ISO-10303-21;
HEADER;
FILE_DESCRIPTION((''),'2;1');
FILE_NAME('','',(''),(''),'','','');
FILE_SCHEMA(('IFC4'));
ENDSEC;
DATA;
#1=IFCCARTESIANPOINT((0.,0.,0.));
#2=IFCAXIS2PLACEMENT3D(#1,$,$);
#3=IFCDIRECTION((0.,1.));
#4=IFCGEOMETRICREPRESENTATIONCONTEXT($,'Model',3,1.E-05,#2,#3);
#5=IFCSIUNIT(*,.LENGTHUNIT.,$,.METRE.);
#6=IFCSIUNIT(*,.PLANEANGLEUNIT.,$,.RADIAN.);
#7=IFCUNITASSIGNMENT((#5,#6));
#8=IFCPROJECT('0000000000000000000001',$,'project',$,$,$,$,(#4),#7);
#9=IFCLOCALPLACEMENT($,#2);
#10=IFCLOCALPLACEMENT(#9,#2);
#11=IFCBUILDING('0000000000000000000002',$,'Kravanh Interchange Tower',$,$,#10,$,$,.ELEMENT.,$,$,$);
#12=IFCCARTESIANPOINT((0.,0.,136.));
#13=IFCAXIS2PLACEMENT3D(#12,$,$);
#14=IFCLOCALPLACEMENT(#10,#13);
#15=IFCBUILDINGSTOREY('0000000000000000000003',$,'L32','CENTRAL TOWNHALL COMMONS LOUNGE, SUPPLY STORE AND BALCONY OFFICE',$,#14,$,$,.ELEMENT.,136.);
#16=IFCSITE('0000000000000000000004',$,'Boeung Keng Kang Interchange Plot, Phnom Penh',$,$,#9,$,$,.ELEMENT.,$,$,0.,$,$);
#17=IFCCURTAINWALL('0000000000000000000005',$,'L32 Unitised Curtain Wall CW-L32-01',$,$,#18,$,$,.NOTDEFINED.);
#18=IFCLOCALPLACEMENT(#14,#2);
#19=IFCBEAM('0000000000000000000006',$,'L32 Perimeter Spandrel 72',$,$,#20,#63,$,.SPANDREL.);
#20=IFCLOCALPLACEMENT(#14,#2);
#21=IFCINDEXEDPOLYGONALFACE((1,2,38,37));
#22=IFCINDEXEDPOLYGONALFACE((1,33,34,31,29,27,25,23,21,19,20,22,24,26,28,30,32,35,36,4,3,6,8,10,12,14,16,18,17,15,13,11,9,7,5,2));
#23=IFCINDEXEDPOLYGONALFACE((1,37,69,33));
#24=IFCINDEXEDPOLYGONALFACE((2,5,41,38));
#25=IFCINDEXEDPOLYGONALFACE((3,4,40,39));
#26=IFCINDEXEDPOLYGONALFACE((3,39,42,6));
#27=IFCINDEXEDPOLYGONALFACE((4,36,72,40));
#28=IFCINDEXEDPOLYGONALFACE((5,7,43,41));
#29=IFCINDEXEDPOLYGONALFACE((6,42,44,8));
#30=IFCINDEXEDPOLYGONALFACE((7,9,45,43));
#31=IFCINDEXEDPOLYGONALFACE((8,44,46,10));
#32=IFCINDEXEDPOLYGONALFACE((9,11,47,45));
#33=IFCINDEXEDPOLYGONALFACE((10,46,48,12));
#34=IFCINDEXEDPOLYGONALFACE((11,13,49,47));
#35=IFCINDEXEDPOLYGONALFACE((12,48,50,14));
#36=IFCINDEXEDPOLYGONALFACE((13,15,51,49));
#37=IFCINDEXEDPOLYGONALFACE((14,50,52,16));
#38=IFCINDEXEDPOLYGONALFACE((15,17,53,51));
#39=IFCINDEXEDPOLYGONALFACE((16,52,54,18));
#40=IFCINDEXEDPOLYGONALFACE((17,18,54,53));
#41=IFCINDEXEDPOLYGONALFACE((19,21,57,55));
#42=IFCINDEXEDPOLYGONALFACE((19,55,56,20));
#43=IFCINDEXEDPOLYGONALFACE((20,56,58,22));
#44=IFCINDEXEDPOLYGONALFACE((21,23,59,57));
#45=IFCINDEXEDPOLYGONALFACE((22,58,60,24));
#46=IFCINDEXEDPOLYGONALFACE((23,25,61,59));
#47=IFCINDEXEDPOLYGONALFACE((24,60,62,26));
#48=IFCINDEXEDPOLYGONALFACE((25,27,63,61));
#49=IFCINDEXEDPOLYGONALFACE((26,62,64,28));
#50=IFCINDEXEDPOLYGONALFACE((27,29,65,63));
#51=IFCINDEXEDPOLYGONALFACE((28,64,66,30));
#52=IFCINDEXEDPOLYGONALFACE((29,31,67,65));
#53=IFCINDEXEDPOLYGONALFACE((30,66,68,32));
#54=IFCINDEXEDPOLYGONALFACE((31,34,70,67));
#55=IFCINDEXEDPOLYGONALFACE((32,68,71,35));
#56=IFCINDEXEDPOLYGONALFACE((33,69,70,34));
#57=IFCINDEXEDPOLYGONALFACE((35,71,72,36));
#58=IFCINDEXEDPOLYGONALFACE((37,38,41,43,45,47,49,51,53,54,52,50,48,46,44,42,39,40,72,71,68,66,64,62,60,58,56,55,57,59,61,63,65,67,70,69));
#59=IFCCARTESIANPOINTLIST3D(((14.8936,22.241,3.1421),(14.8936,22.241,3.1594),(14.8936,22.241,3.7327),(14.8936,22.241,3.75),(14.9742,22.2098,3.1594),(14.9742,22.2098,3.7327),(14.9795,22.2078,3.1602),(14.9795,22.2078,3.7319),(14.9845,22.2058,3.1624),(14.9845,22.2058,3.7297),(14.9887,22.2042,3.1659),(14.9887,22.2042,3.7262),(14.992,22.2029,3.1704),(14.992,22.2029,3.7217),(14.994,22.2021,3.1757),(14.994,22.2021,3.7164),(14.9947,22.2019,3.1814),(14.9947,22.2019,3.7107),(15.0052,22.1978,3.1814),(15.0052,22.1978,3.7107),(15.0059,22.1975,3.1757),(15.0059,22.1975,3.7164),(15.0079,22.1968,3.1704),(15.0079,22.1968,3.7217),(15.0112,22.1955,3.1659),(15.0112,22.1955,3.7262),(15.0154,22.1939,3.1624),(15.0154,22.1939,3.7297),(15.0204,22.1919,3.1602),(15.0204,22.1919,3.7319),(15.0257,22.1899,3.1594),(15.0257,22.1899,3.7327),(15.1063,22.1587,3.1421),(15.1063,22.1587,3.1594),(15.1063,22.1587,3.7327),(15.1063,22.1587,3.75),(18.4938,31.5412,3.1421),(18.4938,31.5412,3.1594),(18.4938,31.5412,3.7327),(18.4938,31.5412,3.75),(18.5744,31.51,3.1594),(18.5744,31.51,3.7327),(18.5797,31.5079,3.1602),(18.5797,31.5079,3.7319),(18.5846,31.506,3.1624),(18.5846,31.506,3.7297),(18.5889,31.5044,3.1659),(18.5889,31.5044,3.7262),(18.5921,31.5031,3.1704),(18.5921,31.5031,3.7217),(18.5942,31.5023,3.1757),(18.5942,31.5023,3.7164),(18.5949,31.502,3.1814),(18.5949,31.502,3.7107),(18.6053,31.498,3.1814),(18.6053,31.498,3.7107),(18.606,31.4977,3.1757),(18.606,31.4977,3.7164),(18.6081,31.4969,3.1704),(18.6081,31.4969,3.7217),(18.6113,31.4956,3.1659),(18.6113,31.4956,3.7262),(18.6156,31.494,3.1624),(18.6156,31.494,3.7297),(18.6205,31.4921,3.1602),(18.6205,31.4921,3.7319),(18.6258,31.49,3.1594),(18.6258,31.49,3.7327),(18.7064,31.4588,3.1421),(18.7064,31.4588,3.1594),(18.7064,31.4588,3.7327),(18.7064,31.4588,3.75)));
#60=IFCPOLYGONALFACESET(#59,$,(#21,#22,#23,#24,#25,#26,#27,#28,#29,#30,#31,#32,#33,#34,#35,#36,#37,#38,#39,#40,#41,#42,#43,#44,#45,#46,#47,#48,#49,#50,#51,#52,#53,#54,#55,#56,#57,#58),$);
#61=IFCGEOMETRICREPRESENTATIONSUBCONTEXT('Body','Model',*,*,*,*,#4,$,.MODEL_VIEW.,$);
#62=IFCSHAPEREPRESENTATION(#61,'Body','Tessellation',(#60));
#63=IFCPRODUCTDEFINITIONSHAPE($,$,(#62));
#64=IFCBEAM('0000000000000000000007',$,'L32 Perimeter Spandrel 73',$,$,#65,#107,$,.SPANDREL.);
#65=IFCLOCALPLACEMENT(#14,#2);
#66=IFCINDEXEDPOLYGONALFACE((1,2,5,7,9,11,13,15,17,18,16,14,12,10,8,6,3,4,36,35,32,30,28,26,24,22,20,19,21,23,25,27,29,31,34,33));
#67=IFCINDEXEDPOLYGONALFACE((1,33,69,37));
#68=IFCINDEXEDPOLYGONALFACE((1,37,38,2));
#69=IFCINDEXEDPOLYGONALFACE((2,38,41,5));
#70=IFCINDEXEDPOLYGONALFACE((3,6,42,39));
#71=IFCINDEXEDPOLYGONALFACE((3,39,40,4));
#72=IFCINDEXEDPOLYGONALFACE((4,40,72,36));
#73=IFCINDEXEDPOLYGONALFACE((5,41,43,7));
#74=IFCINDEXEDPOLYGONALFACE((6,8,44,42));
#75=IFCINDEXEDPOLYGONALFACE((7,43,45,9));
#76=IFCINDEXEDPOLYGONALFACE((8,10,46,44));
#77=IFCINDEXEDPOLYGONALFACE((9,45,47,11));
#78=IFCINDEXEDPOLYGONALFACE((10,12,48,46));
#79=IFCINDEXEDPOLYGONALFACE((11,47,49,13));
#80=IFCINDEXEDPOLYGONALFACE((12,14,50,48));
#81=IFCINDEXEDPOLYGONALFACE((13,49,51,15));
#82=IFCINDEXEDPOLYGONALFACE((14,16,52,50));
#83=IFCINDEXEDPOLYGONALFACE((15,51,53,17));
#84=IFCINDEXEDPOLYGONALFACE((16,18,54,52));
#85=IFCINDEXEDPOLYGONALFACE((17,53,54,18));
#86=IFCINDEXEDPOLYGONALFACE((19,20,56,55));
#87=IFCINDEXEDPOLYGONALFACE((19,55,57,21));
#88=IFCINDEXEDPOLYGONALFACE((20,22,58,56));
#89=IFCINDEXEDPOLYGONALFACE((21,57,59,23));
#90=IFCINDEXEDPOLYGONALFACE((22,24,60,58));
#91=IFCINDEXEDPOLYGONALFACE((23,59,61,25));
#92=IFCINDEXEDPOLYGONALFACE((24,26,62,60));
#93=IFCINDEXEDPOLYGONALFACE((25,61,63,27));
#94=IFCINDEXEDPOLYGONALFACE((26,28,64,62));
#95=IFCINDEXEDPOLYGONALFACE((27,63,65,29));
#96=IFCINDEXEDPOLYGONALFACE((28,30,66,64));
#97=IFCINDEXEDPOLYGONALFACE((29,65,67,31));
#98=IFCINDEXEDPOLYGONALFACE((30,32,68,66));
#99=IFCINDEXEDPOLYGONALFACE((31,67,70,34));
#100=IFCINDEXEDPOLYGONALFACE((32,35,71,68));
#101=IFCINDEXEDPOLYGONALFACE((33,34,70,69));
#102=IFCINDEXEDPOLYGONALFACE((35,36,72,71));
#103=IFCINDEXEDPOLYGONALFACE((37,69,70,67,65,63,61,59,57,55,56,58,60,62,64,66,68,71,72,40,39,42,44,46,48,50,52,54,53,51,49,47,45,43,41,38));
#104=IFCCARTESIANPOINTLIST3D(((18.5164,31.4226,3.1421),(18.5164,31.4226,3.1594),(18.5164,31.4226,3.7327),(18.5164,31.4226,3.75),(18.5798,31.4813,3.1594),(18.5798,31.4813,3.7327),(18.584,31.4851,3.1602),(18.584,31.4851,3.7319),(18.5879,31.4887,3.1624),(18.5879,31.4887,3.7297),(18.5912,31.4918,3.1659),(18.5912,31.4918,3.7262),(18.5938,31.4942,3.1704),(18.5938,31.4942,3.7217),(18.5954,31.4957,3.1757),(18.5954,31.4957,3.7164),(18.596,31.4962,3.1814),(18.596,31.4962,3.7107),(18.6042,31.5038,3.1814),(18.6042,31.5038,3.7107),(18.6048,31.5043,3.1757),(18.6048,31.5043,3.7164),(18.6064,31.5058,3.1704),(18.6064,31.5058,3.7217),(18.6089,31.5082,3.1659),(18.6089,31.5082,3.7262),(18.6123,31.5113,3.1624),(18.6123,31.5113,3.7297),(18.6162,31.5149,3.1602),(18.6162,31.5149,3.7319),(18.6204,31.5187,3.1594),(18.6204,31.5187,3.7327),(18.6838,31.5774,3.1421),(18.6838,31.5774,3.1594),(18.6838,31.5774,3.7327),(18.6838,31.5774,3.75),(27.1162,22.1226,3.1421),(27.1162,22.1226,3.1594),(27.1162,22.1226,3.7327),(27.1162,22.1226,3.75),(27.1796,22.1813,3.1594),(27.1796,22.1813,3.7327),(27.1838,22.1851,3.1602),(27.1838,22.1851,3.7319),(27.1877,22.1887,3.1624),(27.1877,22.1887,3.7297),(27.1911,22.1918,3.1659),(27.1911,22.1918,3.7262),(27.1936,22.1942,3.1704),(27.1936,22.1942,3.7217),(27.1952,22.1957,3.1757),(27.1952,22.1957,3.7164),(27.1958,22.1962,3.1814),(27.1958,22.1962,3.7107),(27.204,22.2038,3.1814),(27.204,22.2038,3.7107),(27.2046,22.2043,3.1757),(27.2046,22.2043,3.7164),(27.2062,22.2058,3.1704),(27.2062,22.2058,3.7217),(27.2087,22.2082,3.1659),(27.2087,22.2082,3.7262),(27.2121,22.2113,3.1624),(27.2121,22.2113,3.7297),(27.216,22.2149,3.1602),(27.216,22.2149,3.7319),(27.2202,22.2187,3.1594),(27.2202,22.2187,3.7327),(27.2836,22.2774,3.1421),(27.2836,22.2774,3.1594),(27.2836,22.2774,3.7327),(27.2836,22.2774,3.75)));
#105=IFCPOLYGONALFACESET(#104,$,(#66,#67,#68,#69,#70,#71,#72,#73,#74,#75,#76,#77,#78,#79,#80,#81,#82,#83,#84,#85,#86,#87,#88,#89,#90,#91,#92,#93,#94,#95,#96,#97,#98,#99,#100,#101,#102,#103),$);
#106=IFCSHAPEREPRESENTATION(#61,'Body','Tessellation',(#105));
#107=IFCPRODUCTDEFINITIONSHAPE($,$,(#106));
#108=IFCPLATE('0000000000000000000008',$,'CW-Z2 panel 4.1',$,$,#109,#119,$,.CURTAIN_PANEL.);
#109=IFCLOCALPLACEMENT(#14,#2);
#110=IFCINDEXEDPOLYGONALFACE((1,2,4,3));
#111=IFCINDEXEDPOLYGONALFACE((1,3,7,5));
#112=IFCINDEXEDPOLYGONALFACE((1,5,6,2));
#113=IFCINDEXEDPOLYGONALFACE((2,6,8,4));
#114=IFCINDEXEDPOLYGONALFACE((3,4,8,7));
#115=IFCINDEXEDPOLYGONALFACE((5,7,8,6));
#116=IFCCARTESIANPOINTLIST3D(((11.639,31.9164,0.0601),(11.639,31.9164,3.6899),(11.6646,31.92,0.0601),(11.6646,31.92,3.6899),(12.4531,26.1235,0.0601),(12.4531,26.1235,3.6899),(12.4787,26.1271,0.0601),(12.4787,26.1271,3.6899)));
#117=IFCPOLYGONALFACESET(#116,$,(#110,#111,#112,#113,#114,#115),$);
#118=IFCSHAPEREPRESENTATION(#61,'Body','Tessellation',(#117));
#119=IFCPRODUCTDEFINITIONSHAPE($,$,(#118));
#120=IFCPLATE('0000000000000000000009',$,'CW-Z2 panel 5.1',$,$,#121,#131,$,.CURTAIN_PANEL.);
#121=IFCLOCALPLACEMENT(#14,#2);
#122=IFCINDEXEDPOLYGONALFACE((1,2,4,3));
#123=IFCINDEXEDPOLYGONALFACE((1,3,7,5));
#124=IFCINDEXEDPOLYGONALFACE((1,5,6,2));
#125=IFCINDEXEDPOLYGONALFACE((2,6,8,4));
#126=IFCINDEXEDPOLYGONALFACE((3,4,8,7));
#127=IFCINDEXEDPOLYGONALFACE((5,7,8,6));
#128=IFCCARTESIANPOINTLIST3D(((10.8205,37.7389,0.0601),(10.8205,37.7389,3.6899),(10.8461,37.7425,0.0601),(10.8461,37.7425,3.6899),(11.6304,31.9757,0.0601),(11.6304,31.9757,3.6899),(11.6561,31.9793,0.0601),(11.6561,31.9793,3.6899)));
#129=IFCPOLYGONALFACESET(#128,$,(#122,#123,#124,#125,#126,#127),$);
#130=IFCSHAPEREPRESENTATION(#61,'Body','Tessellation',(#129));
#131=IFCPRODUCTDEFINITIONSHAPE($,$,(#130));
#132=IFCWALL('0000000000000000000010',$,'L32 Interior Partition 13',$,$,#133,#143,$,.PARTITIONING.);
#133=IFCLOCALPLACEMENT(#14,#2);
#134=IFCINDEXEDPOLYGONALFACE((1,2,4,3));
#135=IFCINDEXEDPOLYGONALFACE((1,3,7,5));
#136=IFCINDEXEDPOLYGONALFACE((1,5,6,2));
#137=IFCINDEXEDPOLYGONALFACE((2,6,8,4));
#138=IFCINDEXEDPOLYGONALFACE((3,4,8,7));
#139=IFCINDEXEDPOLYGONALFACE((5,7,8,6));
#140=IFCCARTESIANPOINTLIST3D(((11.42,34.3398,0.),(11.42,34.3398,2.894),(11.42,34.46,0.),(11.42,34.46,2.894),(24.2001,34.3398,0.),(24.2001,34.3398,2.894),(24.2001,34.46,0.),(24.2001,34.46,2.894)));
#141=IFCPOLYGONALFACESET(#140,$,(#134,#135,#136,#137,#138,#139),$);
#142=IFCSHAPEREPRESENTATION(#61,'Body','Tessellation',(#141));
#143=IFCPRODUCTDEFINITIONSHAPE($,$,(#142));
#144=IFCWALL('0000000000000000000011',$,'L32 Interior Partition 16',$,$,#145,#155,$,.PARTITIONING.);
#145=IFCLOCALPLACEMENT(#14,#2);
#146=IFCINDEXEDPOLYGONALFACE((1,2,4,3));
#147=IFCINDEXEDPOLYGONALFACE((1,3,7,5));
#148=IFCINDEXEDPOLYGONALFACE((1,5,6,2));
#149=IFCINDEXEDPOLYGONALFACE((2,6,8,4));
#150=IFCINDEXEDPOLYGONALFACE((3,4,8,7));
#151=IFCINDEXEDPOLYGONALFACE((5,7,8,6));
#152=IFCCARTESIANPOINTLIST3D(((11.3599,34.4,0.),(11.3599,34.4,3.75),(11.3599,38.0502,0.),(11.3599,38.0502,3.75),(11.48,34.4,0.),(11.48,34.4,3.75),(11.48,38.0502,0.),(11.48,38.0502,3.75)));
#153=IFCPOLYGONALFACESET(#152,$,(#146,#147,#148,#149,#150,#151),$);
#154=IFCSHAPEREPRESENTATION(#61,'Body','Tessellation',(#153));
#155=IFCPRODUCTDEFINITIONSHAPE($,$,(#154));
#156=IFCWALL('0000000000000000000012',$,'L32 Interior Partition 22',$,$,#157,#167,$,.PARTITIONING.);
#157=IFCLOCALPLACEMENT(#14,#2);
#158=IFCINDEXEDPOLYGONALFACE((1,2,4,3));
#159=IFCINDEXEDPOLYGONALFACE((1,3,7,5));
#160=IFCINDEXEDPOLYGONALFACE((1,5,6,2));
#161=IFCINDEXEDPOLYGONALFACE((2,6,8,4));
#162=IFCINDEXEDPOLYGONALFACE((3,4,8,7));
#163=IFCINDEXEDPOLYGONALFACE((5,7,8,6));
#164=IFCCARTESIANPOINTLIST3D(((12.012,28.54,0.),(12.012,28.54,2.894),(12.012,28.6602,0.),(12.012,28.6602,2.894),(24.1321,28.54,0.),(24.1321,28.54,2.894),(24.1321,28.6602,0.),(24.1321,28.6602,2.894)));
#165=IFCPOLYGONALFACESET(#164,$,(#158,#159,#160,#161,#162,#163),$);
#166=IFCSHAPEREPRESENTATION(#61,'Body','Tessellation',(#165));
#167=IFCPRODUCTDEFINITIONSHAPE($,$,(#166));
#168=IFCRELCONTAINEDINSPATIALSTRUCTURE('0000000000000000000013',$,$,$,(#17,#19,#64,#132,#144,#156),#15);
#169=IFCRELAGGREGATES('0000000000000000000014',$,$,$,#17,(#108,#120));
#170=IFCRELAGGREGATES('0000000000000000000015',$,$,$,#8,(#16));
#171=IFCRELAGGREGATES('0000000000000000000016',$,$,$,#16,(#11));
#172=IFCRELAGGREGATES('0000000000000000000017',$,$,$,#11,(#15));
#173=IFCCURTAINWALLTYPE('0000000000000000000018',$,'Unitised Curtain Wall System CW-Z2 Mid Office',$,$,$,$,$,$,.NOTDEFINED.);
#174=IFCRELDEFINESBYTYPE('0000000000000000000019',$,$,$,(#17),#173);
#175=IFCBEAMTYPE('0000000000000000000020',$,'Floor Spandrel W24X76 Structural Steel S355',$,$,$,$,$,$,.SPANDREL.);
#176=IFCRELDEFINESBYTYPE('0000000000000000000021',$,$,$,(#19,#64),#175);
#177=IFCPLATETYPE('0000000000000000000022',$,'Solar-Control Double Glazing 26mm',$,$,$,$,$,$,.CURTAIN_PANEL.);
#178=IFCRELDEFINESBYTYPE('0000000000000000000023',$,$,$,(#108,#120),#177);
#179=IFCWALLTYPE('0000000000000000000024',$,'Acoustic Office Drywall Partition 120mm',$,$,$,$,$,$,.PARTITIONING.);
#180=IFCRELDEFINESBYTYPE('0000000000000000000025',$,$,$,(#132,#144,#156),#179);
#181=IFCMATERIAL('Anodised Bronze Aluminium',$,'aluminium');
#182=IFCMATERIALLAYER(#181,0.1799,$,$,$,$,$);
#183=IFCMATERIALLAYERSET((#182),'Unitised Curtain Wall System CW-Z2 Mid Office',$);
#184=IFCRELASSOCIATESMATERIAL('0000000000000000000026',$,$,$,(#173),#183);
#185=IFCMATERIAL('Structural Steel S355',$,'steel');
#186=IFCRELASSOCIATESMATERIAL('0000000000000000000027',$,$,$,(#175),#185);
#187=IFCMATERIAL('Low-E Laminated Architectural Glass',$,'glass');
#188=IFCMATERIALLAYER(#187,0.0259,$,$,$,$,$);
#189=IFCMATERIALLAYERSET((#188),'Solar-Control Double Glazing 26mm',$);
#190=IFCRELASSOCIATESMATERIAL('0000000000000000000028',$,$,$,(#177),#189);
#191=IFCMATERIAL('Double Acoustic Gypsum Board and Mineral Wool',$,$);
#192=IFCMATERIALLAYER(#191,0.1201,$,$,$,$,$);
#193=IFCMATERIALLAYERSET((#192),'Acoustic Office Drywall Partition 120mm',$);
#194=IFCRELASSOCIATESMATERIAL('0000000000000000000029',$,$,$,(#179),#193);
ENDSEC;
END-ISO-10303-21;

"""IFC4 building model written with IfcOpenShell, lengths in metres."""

from ifc_helpers import new_model, si_unit, direction, frame, frame_2d, origin, origin_2d, place, context, subcontext, project, spatial, rectangle, i_section, extrude, material, layer, layer_set, material_profile, profile_set, type_object, element, aggregate, save


model = new_model("IFC4")

# Units and contexts
model_context = context("Model", 3, precision=1e-05, world=origin(), true_north=direction((0.0, 1.0)))
body_context = subcontext(model_context, "Body", "Model", "MODEL_VIEW")
ifc_project = project(units=[si_unit("LENGTHUNIT", "METRE"), si_unit("PLANEANGLEUNIT", "RADIAN")], contexts=[model_context])

# Site, building, storey
site_placement = place(None, origin())
site = spatial("IfcSite", under=ifc_project, at=site_placement, Name="Boeung Keng Kang Interchange Plot, Phnom Penh", CompositionType="ELEMENT", RefElevation=0.0)
building_placement = place(site_placement, origin())
building = spatial("IfcBuilding", under=site, at=building_placement, Name="Kravanh Interchange Tower", CompositionType="ELEMENT")
storey_placement = place(building_placement, frame((0.0, 0.0, 136.0)))
storey = spatial("IfcBuildingStorey", under=building, at=storey_placement, Name="L32", Description="CENTRAL TOWNHALL COMMONS LOUNGE, SUPPLY STORE AND BALCONY OFFICE", CompositionType="ELEMENT", Elevation=136.0)

# Curtain wall
ifc_material_1 = material(Name="Anodised Bronze Aluminium", Category="aluminium")
ifc_layer_1 = layer(ifc_material_1, 0.1799)
ifc_layer_set_1 = layer_set([ifc_layer_1], Name="Unitised Curtain Wall System CW-Z2 Mid Office")
curtain_wall_type = type_object("IfcCurtainWallType", Name="Unitised Curtain Wall System CW-Z2 Mid Office", PredefinedType="NOTDEFINED", material=ifc_layer_set_1)
curtain_wall_placement = place(storey_placement, origin())
curtain_wall = element("IfcCurtainWall", 1, at=curtain_wall_placement, inside=storey, type_object=curtain_wall_type, Name="L32 Unitised Curtain Wall CW-L32-01", PredefinedType="NOTDEFINED")

# Beams
ifc_material_2 = material(Name="Structural Steel S355", Category="steel")
ifc_material_profile_1 = material_profile(ifc_material_2, i_section(OverallWidth=0.228, OverallDepth=0.6079, WebThickness=0.0112, FlangeThickness=0.0173, FilletRadius=0.022, at=origin_2d()), Name="W24X76")
ifc_profile_set_1 = profile_set([ifc_material_profile_1], Name="Structural Steel S355")
beam_type_1 = type_object("IfcBeamType", Name="Floor Spandrel W24X76 Structural Steel S355", PredefinedType="SPANDREL", material=ifc_profile_set_1)
beam_1_placement = place(storey_placement, frame((18.6001, 31.5, 3.446), z_axis=(-0.361001, -0.932565, 0.0), x_axis=(0.932565, -0.361001, 0.0)))
element("IfcBeam", 2, at=beam_1_placement, inside=storey, type_object=beam_type_1, Name="L32 Perimeter Spandrel 72", PredefinedType="SPANDREL", context=body_context, shape_type="SweptSolid", body=[
    extrude(i_section(OverallWidth=0.228, OverallDepth=0.6079, WebThickness=0.0112, FlangeThickness=0.0173, FilletRadius=0.022, at=origin_2d()), origin(), (0.0, 0.0, 1.0), 9.9727),
])
beam_2_placement = place(storey_placement, frame((18.6001, 31.5, 3.446), z_axis=(0.678927, -0.734205, 0.0), x_axis=(0.734205, 0.678927, 0.0)))
element("IfcBeam", 3, at=beam_2_placement, inside=storey, type_object=beam_type_1, Name="L32 Perimeter Spandrel 73", PredefinedType="SPANDREL", context=body_context, shape_type="SweptSolid", body=[
    extrude(i_section(OverallWidth=0.228, OverallDepth=0.6079, WebThickness=0.0112, FlangeThickness=0.0173, FilletRadius=0.022, at=origin_2d()), origin(), (0.0, 0.0, 1.0), 12.6667),
])

# Plates
ifc_material_3 = material(Name="Low-E Laminated Architectural Glass", Category="glass")
ifc_layer_2 = layer(ifc_material_3, 0.0259)
ifc_layer_set_2 = layer_set([ifc_layer_2], Name="Solar-Control Double Glazing 26mm")
plate_type = type_object("IfcPlateType", Name="Solar-Control Double Glazing 26mm", PredefinedType="CURTAIN_PANEL", material=ifc_layer_set_2)
plate_1_placement = place(storey_placement, frame((12.0588, 29.0217, 0.0601), z_axis=(0.0, 0.0, 1.0), x_axis=(-0.139173, 0.990268, 0.0)))
plate_1 = element("IfcPlate", 4, at=plate_1_placement, type_object=plate_type, Name="CW-Z2 panel 4.1", PredefinedType="CURTAIN_PANEL", context=body_context, shape_type="SweptSolid", body=[
    extrude(rectangle(XDim=5.8499, YDim=0.0259, at=origin_2d()), origin(), (0.0, 0.0, 1.0), 3.6299),
])
plate_2_placement = place(storey_placement, frame((11.2383, 34.8591, 0.0601), z_axis=(0.0, 0.0, 1.0), x_axis=(-0.139173, 0.990268, 0.0)))
plate_2 = element("IfcPlate", 5, at=plate_2_placement, type_object=plate_type, Name="CW-Z2 panel 5.1", PredefinedType="CURTAIN_PANEL", context=body_context, shape_type="SweptSolid", body=[
    extrude(rectangle(XDim=5.8198, YDim=0.0259, at=origin_2d()), origin(), (0.0, 0.0, 1.0), 3.6299),
])
aggregate(curtain_wall, [plate_1, plate_2])

# Walls
ifc_material_4 = material(Name="Double Acoustic Gypsum Board and Mineral Wool")
ifc_layer_3 = layer(ifc_material_4, 0.1201)
ifc_layer_set_3 = layer_set([ifc_layer_3], Name="Acoustic Office Drywall Partition 120mm")
wall_type = type_object("IfcWallType", Name="Acoustic Office Drywall Partition 120mm", PredefinedType="PARTITIONING", material=ifc_layer_set_3)
wall_1_placement = place(storey_placement, frame((11.4199, 34.3999, 0.0), z_axis=(0.0, 0.0, 1.0), x_axis=(1.0, 0.0, 0.0)))
element("IfcWall", 6, at=wall_1_placement, inside=storey, type_object=wall_type, Name="L32 Interior Partition 13", PredefinedType="PARTITIONING", context=body_context, shape_type="SweptSolid", body=[
    extrude(rectangle(XDim=12.78, YDim=0.1201, at=frame_2d((6.3901, 0.0))), origin(), (0.0, 0.0, 1.0), 2.894),
])
wall_2_placement = place(storey_placement, frame((11.4199, 34.3999, 0.0), z_axis=(0.0, 0.0, 1.0), x_axis=(0.0, 1.0, 0.0)))
element("IfcWall", 7, at=wall_2_placement, inside=storey, type_object=wall_type, Name="L32 Interior Partition 16", PredefinedType="PARTITIONING", context=body_context, shape_type="SweptSolid", body=[
    extrude(rectangle(XDim=3.6501, YDim=0.1201, at=frame_2d((1.8252, 0.0))), origin(), (0.0, 0.0, 1.0), 3.75),
])
wall_3_placement = place(storey_placement, frame((12.012, 28.6001, 0.0), z_axis=(0.0, 0.0, 1.0), x_axis=(1.0, 0.0, 0.0)))
element("IfcWall", 8, at=wall_3_placement, inside=storey, type_object=wall_type, Name="L32 Interior Partition 22", PredefinedType="PARTITIONING", context=body_context, shape_type="SweptSolid", body=[
    extrude(rectangle(XDim=12.1201, YDim=0.1201, at=frame_2d((6.0601, 0.0))), origin(), (0.0, 0.0, 1.0), 2.894),
])

save(model, "model.ifc")
